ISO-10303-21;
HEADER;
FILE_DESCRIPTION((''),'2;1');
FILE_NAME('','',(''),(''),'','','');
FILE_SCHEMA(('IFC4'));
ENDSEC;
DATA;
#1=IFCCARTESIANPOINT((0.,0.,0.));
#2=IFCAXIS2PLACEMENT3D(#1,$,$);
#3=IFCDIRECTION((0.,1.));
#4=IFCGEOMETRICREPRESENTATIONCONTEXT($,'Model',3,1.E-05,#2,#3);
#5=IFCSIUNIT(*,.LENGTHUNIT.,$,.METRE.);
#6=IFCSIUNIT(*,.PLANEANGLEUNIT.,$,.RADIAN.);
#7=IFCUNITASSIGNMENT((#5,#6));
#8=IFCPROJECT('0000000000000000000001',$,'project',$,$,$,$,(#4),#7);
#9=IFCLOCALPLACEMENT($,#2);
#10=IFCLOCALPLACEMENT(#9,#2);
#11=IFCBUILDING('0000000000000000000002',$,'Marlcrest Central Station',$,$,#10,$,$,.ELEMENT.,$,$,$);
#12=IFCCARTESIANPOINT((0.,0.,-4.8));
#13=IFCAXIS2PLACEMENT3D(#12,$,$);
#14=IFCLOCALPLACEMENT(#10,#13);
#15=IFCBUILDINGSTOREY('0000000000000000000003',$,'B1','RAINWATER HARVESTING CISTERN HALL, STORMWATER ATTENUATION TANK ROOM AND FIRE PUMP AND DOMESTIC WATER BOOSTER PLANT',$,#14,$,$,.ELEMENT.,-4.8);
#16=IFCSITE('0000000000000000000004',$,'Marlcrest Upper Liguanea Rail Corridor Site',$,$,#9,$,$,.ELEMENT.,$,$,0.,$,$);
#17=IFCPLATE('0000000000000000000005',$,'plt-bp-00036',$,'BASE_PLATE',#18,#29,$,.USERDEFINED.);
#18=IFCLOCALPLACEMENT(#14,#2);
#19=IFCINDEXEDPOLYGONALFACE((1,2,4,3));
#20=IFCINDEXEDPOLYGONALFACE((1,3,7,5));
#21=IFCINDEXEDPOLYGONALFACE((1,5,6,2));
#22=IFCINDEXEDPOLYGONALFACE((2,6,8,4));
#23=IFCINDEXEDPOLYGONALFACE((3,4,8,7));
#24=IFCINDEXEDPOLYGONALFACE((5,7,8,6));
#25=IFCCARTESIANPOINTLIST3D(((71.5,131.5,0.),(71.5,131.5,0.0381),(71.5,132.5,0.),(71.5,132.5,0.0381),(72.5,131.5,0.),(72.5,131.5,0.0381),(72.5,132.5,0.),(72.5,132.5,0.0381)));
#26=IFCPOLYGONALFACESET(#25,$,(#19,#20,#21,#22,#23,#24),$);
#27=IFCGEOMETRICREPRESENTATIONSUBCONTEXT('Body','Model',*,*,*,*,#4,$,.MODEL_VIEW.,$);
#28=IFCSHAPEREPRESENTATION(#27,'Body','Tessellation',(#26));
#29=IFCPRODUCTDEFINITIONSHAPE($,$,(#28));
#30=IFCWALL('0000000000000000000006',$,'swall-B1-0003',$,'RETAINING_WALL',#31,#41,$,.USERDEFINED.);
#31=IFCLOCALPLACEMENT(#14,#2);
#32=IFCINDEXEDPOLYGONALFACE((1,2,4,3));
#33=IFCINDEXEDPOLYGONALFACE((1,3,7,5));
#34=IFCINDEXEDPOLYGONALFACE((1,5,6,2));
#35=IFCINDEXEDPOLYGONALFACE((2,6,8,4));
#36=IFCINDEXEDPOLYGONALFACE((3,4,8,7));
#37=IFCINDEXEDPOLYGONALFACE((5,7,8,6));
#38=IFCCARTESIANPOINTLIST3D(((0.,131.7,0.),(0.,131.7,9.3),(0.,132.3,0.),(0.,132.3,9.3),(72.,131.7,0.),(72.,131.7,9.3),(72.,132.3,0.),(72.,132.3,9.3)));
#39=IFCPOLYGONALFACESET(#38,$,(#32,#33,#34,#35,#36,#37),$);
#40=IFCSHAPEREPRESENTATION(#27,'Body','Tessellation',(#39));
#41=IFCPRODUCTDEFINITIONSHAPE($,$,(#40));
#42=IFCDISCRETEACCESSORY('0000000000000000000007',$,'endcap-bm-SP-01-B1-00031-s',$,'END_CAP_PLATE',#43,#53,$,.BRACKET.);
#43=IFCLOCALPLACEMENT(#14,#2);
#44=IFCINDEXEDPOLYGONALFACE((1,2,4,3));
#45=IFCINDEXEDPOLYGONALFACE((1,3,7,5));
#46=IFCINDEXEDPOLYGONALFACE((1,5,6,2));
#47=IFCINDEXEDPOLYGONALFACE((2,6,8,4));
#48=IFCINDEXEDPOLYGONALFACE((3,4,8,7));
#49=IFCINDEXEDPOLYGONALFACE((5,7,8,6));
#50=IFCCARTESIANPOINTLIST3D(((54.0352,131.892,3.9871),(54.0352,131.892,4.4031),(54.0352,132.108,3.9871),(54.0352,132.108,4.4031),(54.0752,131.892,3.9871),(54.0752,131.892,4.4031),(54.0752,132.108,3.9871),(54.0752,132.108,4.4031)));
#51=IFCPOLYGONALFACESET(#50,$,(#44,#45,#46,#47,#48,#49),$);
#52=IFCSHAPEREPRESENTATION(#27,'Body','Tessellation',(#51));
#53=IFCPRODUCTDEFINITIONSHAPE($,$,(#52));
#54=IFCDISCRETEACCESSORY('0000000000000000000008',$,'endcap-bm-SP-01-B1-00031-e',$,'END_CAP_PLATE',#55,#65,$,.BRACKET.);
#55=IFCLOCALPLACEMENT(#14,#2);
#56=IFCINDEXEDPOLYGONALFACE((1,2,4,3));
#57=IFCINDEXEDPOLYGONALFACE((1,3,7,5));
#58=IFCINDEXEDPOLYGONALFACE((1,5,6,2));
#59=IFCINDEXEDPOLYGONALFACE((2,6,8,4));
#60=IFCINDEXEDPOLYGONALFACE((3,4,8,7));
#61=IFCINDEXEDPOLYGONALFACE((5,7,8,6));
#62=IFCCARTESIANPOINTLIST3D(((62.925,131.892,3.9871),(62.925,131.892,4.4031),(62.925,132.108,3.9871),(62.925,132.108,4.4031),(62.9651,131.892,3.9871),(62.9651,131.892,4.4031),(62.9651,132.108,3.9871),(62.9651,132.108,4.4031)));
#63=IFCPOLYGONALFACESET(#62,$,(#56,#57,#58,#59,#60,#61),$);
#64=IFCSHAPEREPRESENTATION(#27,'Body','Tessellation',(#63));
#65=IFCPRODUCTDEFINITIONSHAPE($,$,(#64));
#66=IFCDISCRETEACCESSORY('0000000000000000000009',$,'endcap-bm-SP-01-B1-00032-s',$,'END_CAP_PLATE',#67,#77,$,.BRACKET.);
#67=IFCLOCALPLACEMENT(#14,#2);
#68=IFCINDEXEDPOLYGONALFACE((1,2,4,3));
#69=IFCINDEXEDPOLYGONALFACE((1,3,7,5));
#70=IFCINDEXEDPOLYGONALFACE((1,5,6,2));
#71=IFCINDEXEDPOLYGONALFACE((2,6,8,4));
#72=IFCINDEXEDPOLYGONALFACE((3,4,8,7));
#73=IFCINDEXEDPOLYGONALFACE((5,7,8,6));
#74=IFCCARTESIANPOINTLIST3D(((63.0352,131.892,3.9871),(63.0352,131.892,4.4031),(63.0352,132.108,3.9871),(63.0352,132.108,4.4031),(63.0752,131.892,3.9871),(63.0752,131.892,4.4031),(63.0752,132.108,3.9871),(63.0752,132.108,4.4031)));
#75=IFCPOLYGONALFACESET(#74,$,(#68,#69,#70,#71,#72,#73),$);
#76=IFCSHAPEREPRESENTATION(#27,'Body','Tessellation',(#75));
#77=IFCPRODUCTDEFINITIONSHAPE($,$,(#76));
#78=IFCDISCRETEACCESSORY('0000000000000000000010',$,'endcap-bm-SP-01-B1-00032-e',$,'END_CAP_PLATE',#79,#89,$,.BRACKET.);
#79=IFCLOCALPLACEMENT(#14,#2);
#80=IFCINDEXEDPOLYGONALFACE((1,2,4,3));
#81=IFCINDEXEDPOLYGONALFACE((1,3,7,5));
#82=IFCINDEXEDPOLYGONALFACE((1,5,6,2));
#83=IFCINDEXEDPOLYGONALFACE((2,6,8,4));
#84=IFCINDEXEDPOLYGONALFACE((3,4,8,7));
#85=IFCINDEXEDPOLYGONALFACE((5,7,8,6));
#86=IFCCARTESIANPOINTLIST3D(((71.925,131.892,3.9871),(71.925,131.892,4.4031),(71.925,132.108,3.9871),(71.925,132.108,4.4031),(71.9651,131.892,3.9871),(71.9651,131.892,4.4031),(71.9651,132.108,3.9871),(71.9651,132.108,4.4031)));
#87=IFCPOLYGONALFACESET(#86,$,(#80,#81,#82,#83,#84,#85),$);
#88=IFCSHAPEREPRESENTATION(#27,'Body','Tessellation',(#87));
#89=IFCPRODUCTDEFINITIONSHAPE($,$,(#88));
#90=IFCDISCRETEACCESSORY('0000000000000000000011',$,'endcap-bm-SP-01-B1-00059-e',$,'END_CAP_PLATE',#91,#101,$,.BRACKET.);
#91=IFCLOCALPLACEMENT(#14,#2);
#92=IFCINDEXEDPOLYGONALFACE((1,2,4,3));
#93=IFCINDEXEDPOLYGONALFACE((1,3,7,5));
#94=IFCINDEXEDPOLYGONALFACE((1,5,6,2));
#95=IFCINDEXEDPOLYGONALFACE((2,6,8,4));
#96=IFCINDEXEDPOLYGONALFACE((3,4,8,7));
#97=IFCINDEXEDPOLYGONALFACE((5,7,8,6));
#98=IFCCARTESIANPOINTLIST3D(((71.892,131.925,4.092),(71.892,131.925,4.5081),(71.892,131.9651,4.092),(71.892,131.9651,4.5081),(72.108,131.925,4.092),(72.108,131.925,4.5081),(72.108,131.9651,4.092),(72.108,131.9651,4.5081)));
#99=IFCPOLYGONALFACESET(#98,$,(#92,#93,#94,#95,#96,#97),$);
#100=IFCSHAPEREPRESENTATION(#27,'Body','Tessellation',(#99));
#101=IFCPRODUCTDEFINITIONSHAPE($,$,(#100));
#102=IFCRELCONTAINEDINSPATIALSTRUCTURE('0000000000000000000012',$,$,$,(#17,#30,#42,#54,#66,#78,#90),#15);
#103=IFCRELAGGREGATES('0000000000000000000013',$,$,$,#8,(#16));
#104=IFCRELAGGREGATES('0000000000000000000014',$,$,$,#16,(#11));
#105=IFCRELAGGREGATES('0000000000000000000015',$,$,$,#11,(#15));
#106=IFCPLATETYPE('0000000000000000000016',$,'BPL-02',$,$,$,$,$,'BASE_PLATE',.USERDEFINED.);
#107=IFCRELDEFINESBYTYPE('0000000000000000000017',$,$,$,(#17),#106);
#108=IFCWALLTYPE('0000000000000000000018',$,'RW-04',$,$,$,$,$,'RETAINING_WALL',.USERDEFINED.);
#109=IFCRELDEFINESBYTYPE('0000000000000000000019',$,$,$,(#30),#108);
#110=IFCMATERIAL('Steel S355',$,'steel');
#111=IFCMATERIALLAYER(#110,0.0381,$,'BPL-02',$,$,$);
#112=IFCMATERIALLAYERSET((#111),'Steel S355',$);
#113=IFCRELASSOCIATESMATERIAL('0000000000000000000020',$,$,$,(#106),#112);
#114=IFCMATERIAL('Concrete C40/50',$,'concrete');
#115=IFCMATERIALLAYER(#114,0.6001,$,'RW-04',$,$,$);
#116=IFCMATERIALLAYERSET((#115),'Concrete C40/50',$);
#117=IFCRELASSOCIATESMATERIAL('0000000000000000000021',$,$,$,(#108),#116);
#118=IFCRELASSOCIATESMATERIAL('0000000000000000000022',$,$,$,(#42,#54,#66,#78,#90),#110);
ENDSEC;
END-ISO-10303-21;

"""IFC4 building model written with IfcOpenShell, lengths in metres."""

from ifc_helpers import new_model, si_unit, direction, frame, frame_2d, origin, origin_2d, place, context, subcontext, project, spatial, rectangle, extrude, material, layer, layer_set, type_object, element, save


model = new_model("IFC4")

# Units and contexts
model_context = context("Model", 3, precision=1e-05, world=origin(), true_north=direction((0.0, 1.0)))
body_context = subcontext(model_context, "Body", "Model", "MODEL_VIEW")
ifc_project = project(units=[si_unit("LENGTHUNIT", "METRE"), si_unit("PLANEANGLEUNIT", "RADIAN")], contexts=[model_context])

# Site, building, storey
site_placement = place(None, origin())
site = spatial("IfcSite", under=ifc_project, at=site_placement, Name="Marlcrest Upper Liguanea Rail Corridor Site", CompositionType="ELEMENT", RefElevation=0.0)
building_placement = place(site_placement, origin())
building = spatial("IfcBuilding", under=site, at=building_placement, Name="Marlcrest Central Station", CompositionType="ELEMENT")
storey_placement = place(building_placement, frame((0.0, 0.0, -4.8)))
storey = spatial("IfcBuildingStorey", under=building, at=storey_placement, Name="B1", Description="RAINWATER HARVESTING CISTERN HALL, STORMWATER ATTENUATION TANK ROOM AND FIRE PUMP AND DOMESTIC WATER BOOSTER PLANT", CompositionType="ELEMENT", Elevation=-4.8)

# Shared definitions
ifc_material_1 = material(Name="Concrete C40/50", Category="concrete")

# Shared definitions
ifc_material_2 = material(Name="Steel S355", Category="steel")

# Plate
ifc_layer_1 = layer(ifc_material_2, 0.0381, Name="BPL-02")
ifc_layer_set_1 = layer_set([ifc_layer_1], Name="Steel S355")
plate_type = type_object("IfcPlateType", Name="BPL-02", ElementType="BASE_PLATE", PredefinedType="USERDEFINED", material=ifc_layer_set_1)
for number, where, z_axis, x_axis, name in (
    (1, (72.0, 132.0, 0.0), (0.0, 0.0, 1.0), (1.0, 0.0, 0.0), "plt-bp-00036"),
):
    element("IfcPlate", number, at=place(storey_placement, frame(where, z_axis=z_axis, x_axis=x_axis)), inside=storey, type_object=plate_type, Name=name, ObjectType="BASE_PLATE", PredefinedType="USERDEFINED", context=body_context, shape_type="SweptSolid", body=[
        extrude(rectangle(XDim=1.0, YDim=1.0, at=origin_2d()), origin(), (0.0, 0.0, 1.0), 0.0381),
    ])

# Wall
ifc_layer_2 = layer(ifc_material_1, 0.6001, Name="RW-04")
ifc_layer_set_2 = layer_set([ifc_layer_2], Name="Concrete C40/50")
wall_type = type_object("IfcWallType", Name="RW-04", ElementType="RETAINING_WALL", PredefinedType="USERDEFINED", material=ifc_layer_set_2)
wall_placement = place(storey_placement, frame((72.0, 132.0, 0.0), z_axis=(0.0, 0.0, 1.0), x_axis=(-1.0, 0.0, 0.0)))
element("IfcWall", 2, at=wall_placement, inside=storey, type_object=wall_type, Name="swall-B1-0003", ObjectType="RETAINING_WALL", PredefinedType="USERDEFINED", context=body_context, shape_type="SweptSolid", body=[
    extrude(rectangle(XDim=72.0, YDim=0.6001, at=frame_2d((36.0, 0.0))), origin(), (0.0, 0.0, 1.0), 9.3),
])

# Discrete accessories
for number, where, z_axis, x_axis, name in (
    (3, (54.0352, 132.0, 4.1951), (1.0, 0.0, 0.0), (0.0, 1.0, 0.0), "endcap-bm-SP-01-B1-00031-s"),
    (4, (62.925, 132.0, 4.1951), (1.0, 0.0, 0.0), (0.0, 1.0, 0.0), "endcap-bm-SP-01-B1-00031-e"),
    (5, (63.0352, 132.0, 4.1951), (1.0, 0.0, 0.0), (0.0, 1.0, 0.0), "endcap-bm-SP-01-B1-00032-s"),
    (6, (71.925, 132.0, 4.1951), (1.0, 0.0, 0.0), (0.0, 1.0, 0.0), "endcap-bm-SP-01-B1-00032-e"),
    (7, (72.0, 131.925, 4.3), (0.0, 1.0, 0.0), (-1.0, 0.0, 0.0), "endcap-bm-SP-01-B1-00059-e"),
):
    element("IfcDiscreteAccessory", number, at=place(storey_placement, frame(where, z_axis=z_axis, x_axis=x_axis)), inside=storey, material=ifc_material_2, Name=name, ObjectType="END_CAP_PLATE", PredefinedType="BRACKET", context=body_context, shape_type="SweptSolid", body=[
        extrude(rectangle(XDim=0.2161, YDim=0.416, at=origin_2d()), origin(), (0.0, 0.0, 1.0), 0.04),
    ])

save(model, "model.ifc")
